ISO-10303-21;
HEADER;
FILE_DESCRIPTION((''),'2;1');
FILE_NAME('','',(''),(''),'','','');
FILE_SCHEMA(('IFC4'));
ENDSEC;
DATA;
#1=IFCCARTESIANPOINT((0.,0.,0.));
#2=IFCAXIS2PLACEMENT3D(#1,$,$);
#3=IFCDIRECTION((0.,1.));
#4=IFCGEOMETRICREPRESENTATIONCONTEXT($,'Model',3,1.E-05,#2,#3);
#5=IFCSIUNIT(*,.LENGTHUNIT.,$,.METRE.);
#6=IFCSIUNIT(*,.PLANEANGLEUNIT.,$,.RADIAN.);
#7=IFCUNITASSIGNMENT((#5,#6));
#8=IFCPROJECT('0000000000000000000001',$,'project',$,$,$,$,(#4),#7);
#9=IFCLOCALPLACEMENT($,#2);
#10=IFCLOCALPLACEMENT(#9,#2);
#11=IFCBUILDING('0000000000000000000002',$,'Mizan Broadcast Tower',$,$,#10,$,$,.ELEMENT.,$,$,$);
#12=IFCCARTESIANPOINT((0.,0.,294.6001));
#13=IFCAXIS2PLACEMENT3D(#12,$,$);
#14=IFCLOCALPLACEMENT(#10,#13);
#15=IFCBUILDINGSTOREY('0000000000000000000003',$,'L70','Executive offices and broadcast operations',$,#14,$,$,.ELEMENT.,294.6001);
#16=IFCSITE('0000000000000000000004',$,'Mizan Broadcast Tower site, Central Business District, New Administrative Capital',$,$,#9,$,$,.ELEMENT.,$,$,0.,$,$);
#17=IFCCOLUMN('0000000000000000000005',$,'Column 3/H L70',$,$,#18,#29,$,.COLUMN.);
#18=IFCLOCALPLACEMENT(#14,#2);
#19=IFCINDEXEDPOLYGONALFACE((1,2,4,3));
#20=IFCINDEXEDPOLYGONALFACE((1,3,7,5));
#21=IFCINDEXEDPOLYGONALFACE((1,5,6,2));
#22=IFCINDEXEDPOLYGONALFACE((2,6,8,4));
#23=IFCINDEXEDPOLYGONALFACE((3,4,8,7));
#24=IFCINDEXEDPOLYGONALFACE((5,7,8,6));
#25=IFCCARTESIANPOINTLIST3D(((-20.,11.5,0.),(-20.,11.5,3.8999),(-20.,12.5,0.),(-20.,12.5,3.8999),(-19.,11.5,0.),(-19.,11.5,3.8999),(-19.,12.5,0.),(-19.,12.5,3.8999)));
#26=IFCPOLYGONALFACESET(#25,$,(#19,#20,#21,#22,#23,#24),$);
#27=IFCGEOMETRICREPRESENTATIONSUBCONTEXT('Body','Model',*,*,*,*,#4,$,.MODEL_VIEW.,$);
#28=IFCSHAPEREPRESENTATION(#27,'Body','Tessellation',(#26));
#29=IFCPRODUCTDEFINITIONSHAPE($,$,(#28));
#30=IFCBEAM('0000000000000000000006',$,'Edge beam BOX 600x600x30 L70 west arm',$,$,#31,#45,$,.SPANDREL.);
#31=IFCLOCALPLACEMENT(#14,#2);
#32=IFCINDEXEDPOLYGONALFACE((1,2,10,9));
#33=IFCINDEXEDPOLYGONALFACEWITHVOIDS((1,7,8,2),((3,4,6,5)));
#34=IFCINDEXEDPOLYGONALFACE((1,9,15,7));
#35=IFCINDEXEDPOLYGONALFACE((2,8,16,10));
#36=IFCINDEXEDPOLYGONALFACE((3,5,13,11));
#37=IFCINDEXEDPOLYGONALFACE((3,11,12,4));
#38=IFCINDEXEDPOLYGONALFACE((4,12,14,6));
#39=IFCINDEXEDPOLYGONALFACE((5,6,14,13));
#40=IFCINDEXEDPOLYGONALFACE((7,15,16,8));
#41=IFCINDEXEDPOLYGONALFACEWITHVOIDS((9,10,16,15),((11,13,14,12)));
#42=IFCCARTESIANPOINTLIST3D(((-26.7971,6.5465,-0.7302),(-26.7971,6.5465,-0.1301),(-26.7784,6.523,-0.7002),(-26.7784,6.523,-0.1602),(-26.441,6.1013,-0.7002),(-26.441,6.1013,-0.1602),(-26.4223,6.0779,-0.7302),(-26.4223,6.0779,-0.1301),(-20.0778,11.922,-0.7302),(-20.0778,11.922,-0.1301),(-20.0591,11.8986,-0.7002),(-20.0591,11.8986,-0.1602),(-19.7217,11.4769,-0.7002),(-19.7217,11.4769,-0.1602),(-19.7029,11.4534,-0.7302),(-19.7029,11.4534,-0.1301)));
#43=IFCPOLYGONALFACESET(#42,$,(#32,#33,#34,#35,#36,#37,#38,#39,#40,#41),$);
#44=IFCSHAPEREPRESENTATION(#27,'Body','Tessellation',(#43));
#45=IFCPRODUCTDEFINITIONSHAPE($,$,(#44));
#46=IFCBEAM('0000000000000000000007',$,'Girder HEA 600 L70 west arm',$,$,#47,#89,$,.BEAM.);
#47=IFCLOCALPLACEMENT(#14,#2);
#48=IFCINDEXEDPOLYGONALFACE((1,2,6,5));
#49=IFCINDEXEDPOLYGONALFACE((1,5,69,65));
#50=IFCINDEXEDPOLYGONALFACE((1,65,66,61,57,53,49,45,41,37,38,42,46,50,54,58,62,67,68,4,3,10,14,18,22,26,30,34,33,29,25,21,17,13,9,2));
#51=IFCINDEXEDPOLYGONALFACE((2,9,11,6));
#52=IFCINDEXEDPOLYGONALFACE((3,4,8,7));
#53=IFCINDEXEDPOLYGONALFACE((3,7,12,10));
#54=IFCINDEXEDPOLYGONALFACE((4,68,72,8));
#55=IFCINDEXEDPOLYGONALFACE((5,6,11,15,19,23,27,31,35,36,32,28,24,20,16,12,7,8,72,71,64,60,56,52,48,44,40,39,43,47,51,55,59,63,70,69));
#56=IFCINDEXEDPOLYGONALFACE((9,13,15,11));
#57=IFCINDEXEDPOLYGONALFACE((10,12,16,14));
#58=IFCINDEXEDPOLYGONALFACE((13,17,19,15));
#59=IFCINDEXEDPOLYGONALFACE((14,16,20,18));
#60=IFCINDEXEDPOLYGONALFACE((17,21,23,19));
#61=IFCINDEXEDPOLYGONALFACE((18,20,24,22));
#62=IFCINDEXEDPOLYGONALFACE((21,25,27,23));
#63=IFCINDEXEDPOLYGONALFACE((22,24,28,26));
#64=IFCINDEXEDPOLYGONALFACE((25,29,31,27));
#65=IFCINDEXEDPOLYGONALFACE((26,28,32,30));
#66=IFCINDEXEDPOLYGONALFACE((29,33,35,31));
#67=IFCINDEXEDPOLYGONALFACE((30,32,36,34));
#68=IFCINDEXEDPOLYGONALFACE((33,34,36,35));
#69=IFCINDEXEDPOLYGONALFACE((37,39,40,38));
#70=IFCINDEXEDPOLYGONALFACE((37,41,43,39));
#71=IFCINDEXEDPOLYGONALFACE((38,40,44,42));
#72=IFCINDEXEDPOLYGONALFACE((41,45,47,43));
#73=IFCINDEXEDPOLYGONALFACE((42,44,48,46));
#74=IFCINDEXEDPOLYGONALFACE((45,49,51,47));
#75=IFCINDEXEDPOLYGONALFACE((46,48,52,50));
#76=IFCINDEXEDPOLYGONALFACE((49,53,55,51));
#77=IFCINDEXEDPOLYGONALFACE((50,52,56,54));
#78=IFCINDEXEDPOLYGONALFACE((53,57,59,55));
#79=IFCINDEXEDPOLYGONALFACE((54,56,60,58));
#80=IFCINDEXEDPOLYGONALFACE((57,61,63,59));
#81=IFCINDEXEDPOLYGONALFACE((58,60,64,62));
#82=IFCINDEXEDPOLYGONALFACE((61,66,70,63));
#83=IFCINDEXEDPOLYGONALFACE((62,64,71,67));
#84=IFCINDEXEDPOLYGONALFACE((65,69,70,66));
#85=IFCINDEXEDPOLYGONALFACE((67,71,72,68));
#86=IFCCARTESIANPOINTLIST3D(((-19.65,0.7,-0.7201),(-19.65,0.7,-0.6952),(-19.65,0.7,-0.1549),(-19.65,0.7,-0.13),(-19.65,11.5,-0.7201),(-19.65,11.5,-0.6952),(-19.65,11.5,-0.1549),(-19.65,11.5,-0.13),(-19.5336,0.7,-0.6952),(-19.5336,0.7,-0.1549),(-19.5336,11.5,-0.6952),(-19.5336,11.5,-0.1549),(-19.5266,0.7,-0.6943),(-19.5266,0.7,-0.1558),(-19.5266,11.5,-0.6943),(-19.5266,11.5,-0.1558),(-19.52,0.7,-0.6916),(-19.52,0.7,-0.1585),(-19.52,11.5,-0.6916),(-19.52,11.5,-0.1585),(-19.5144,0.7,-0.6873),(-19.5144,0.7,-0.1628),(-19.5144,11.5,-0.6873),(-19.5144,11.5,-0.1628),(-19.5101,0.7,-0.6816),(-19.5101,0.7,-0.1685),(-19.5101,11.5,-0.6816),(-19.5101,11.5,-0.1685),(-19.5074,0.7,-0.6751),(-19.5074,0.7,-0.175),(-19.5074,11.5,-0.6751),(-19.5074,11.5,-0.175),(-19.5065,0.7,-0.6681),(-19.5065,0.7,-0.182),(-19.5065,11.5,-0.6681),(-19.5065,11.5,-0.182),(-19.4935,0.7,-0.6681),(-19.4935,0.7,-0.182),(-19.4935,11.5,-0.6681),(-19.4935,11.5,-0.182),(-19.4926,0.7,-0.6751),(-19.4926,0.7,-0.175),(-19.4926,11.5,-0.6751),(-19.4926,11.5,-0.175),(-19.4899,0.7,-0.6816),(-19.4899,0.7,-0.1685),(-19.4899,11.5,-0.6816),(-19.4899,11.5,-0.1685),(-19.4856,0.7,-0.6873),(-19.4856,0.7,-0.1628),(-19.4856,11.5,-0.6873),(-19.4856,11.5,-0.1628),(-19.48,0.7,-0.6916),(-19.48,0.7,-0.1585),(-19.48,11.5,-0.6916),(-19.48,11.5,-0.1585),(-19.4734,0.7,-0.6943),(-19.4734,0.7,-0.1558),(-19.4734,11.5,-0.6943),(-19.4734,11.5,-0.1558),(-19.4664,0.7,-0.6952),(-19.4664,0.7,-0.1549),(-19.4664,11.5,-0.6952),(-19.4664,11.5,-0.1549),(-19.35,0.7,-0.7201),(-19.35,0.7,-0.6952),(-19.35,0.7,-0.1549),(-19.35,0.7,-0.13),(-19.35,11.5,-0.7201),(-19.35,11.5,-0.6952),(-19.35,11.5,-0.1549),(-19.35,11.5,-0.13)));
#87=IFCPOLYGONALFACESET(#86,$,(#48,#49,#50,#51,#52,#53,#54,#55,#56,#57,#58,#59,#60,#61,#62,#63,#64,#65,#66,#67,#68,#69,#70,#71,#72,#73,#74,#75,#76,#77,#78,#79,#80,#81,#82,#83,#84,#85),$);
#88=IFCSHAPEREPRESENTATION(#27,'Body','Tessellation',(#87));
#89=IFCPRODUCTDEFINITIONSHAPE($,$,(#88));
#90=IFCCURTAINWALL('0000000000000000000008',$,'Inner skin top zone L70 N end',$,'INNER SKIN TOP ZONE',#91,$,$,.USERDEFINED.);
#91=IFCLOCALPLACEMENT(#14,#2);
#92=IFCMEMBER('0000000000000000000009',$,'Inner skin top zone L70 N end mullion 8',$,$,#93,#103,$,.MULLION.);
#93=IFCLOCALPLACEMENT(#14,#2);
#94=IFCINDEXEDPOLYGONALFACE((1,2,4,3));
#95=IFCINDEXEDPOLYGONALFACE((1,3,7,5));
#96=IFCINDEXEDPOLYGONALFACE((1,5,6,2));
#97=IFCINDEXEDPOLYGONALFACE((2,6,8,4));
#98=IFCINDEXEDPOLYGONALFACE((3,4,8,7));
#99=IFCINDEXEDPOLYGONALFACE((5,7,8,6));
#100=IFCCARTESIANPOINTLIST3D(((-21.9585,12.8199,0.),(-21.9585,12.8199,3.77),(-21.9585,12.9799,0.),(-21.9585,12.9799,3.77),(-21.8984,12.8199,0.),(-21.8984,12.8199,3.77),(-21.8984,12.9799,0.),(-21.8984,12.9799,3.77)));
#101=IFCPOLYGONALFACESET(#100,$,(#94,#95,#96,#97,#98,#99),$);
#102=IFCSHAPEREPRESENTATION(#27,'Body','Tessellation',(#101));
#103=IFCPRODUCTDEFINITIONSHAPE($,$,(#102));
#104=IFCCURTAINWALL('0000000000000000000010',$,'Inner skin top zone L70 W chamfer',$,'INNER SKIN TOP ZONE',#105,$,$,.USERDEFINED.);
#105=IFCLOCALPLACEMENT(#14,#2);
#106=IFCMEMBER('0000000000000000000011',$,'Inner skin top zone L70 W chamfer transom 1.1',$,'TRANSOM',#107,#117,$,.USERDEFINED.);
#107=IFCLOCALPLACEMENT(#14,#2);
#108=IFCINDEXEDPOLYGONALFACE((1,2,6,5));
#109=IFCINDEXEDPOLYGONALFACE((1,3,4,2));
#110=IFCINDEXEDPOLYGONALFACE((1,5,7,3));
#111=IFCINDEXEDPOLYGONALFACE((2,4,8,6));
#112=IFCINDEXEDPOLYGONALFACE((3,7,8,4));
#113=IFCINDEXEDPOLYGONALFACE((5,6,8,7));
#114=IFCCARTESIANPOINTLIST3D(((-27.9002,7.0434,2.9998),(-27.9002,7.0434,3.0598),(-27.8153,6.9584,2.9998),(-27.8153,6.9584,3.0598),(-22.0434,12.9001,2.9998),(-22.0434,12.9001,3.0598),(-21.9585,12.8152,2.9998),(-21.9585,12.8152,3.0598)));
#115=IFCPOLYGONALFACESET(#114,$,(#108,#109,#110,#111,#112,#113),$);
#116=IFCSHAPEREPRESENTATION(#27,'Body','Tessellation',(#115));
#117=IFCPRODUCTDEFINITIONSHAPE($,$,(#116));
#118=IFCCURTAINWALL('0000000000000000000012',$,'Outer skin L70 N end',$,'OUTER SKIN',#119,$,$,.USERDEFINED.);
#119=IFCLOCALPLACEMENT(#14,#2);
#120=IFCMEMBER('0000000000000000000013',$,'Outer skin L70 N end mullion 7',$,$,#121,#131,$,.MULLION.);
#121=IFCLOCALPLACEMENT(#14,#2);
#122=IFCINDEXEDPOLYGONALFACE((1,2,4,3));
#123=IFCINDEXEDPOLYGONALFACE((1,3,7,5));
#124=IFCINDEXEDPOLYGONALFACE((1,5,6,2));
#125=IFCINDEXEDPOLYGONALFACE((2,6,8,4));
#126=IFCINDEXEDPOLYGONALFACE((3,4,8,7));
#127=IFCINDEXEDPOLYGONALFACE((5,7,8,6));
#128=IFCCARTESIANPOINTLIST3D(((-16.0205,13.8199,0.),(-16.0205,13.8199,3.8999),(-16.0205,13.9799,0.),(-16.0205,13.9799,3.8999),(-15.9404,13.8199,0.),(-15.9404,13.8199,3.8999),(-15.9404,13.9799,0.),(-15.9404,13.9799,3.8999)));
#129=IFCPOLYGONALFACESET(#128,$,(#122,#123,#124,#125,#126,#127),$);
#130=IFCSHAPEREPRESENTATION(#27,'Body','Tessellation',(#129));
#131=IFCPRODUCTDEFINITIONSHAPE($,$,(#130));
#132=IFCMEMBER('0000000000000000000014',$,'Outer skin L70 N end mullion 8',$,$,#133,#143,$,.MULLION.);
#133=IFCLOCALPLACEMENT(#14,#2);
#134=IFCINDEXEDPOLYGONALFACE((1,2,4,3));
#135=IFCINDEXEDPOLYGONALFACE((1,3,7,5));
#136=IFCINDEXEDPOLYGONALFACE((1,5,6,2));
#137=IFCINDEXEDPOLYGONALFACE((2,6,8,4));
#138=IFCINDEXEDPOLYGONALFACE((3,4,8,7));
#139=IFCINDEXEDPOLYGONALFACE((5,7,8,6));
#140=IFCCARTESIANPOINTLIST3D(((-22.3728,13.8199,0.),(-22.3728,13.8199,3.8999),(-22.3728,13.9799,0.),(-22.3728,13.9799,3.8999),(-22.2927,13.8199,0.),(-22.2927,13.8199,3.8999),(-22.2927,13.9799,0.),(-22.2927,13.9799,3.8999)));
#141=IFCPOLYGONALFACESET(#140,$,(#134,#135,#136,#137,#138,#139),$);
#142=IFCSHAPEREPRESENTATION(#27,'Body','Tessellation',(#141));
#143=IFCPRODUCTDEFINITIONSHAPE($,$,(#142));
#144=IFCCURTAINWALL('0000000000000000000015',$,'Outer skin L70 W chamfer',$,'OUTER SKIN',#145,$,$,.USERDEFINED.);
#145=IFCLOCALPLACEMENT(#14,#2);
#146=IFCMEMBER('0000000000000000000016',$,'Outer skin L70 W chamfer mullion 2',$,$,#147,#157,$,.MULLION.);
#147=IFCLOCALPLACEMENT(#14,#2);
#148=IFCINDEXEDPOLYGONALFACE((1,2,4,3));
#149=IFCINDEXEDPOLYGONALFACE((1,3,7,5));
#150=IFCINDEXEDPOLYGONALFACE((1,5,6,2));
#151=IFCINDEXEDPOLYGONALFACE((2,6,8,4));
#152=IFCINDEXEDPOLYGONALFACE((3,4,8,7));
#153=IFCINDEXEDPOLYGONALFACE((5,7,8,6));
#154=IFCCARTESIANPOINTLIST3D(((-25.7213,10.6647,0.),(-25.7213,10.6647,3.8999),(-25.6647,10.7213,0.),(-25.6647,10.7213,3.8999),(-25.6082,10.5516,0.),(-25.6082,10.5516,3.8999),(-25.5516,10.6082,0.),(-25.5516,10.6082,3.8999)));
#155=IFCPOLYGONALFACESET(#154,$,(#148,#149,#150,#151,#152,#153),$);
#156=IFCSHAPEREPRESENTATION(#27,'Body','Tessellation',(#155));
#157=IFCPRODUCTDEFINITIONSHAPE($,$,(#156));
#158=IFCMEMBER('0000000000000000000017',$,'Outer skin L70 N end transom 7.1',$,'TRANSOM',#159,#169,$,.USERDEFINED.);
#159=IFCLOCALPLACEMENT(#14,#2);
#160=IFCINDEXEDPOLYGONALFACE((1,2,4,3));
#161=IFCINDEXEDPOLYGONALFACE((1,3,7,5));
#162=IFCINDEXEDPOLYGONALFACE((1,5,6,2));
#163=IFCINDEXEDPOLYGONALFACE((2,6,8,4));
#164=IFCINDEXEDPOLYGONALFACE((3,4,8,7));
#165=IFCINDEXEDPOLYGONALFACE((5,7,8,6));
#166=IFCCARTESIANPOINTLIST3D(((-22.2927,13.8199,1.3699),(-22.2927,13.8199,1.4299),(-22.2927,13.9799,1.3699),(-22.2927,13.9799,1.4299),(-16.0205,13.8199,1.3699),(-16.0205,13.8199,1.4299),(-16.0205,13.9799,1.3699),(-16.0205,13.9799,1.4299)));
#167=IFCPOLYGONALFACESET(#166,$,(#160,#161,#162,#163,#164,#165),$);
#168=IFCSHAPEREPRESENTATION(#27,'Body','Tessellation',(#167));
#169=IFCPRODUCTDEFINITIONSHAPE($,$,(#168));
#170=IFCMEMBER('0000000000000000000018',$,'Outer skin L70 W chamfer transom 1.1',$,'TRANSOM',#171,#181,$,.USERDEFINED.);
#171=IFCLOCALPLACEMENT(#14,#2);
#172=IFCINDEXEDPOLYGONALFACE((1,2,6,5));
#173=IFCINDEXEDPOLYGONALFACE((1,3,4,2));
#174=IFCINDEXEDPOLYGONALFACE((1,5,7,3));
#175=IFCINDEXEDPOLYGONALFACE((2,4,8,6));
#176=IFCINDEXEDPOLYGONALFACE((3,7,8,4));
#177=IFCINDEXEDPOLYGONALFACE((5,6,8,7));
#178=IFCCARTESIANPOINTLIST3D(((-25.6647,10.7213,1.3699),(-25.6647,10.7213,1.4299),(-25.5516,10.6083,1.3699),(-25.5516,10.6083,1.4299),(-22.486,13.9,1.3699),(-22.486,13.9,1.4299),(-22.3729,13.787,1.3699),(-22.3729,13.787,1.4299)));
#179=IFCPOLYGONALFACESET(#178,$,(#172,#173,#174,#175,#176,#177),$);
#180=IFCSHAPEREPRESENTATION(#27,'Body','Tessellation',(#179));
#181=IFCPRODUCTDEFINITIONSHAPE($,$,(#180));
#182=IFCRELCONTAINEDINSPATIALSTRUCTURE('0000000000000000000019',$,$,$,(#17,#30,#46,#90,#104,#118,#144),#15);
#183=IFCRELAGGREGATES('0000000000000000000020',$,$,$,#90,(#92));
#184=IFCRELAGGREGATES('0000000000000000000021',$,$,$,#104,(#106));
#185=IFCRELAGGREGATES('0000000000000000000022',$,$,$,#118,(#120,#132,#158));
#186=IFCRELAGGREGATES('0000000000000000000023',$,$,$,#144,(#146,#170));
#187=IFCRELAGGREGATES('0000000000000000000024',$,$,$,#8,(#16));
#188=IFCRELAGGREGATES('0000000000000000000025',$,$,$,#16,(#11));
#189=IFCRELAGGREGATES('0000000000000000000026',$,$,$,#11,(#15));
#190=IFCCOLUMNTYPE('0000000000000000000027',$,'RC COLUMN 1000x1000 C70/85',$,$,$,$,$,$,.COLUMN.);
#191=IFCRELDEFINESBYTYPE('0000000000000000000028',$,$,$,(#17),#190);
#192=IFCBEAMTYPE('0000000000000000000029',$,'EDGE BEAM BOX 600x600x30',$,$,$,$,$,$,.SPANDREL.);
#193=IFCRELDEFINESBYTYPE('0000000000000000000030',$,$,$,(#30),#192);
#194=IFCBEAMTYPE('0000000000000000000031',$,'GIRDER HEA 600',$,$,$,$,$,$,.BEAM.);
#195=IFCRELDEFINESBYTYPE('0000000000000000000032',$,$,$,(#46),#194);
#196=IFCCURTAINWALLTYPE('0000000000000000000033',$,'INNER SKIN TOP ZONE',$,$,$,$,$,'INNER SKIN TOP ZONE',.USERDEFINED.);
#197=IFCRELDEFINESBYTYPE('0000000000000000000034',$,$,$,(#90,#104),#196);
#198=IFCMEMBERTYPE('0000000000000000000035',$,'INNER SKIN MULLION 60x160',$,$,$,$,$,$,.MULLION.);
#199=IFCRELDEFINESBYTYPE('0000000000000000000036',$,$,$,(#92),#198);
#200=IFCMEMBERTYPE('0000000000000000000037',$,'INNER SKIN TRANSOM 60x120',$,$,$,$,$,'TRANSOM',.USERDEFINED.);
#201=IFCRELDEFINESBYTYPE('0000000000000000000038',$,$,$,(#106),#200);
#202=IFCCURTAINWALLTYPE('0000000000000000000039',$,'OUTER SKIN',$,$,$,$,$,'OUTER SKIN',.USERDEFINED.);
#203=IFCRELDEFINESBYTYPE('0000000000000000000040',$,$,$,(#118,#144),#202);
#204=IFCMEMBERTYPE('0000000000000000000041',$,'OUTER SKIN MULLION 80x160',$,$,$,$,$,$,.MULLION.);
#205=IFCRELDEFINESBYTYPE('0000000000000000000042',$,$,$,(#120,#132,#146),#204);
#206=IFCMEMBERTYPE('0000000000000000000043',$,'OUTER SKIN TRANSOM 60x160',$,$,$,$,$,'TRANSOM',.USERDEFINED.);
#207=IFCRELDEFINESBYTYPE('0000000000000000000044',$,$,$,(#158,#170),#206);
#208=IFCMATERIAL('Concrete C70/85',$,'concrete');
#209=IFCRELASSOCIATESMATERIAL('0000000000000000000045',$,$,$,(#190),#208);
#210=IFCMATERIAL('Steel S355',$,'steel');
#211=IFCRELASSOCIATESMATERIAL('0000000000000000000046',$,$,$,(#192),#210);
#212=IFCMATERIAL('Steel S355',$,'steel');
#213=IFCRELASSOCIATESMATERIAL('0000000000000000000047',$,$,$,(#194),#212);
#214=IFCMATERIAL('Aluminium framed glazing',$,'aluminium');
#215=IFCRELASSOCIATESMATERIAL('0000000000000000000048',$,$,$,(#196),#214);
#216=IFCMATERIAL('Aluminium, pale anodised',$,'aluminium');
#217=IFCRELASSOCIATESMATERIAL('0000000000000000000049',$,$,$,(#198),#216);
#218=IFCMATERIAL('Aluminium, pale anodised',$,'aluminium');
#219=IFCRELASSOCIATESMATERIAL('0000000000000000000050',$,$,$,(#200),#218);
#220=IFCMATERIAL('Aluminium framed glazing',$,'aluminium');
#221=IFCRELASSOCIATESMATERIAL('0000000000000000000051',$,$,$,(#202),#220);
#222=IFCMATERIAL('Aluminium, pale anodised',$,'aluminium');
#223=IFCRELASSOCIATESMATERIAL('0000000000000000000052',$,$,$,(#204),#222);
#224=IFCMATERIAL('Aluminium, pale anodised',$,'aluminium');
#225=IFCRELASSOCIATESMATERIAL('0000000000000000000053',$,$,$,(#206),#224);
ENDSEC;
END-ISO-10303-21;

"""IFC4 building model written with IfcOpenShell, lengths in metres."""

from ifc_helpers import new_model, si_unit, direction, frame, origin, origin_2d, place, context, subcontext, project, spatial, rectangle, hollow_rectangle, i_section, extrude, material, material_profile, profile_set, type_object, element, aggregate, save


model = new_model("IFC4")

# Units and contexts
model_context = context("Model", 3, precision=1e-05, world=origin(), true_north=direction((0.0, 1.0)))
body_context = subcontext(model_context, "Body", "Model", "MODEL_VIEW")
ifc_project = project(units=[si_unit("LENGTHUNIT", "METRE"), si_unit("PLANEANGLEUNIT", "RADIAN")], contexts=[model_context])

# Site, building, storey
site_placement = place(None, origin())
site = spatial("IfcSite", under=ifc_project, at=site_placement, Name="Mizan Broadcast Tower site, Central Business District, New Administrative Capital", CompositionType="ELEMENT", RefElevation=0.0)
building_placement = place(site_placement, origin())
building = spatial("IfcBuilding", under=site, at=building_placement, Name="Mizan Broadcast Tower", CompositionType="ELEMENT")
storey_placement = place(building_placement, frame((0.0, 0.0, 294.6001)))
storey = spatial("IfcBuildingStorey", under=building, at=storey_placement, Name="L70", Description="Executive offices and broadcast operations", CompositionType="ELEMENT", Elevation=294.6001)

# Column
ifc_material_1 = material(Name="Concrete C70/85", Category="concrete")
ifc_material_profile_1 = material_profile(ifc_material_1, rectangle(XDim=1.0, YDim=1.0, at=origin_2d()), Name="RC 1000x1000")
ifc_profile_set_1 = profile_set([ifc_material_profile_1], Name="Concrete C70/85")
column_type = type_object("IfcColumnType", Name="RC COLUMN 1000x1000 C70/85", PredefinedType="COLUMN", material=ifc_profile_set_1)
column_placement = place(storey_placement, frame((-19.5, 12.0, 0.0), z_axis=(0.0, 0.0, 1.0), x_axis=(1.0, 0.0, 0.0)))
element("IfcColumn", 1, at=column_placement, inside=storey, type_object=column_type, Name="Column 3/H L70", PredefinedType="COLUMN", context=body_context, shape_type="SweptSolid", body=[
    extrude(rectangle(XDim=1.0, YDim=1.0, at=origin_2d()), origin(), (0.0, 0.0, 1.0), 3.8999),
])

# Beams
ifc_material_2 = material(Name="Steel S355", Category="steel")
ifc_material_profile_2 = material_profile(ifc_material_2, hollow_rectangle(XDim=0.6001, YDim=0.6001, WallThickness=0.03, at=origin_2d()), Name="BOX 600x600x30")
ifc_profile_set_2 = profile_set([ifc_material_profile_2], Name="Steel S355")
beam_type_1 = type_object("IfcBeamType", Name="EDGE BEAM BOX 600x600x30", PredefinedType="SPANDREL", material=ifc_profile_set_2)
beam_1_placement = place(storey_placement, frame((-19.8904, 11.6877, -0.4302), z_axis=(-0.780863, -0.624702, 0.0), x_axis=(0.624702, -0.780863, 0.0)))
element("IfcBeam", 2, at=beam_1_placement, inside=storey, type_object=beam_type_1, Name="Edge beam BOX 600x600x30 L70 west arm", PredefinedType="SPANDREL", context=body_context, shape_type="SweptSolid", body=[
    extrude(hollow_rectangle(XDim=0.6001, YDim=0.6001, WallThickness=0.03, at=origin_2d()), origin(), (0.0, 0.0, 1.0), 8.605),
])
ifc_material_3 = material(Name="Steel S355", Category="steel")
ifc_material_profile_3 = material_profile(ifc_material_3, i_section(OverallWidth=0.3, OverallDepth=0.5901, WebThickness=0.0129, FlangeThickness=0.0249, FilletRadius=0.0271, at=origin_2d()), Name="HEA 600")
ifc_profile_set_3 = profile_set([ifc_material_profile_3], Name="Steel S355")
beam_type_2 = type_object("IfcBeamType", Name="GIRDER HEA 600", PredefinedType="BEAM", material=ifc_profile_set_3)
beam_2_placement = place(storey_placement, frame((-19.5, 11.5, -0.425), z_axis=(0.0, -1.0, 0.0), x_axis=(1.0, 0.0, 0.0)))
element("IfcBeam", 3, at=beam_2_placement, inside=storey, type_object=beam_type_2, Name="Girder HEA 600 L70 west arm", PredefinedType="BEAM", context=body_context, shape_type="SweptSolid", body=[
    extrude(i_section(OverallWidth=0.3, OverallDepth=0.5901, WebThickness=0.0129, FlangeThickness=0.0249, FilletRadius=0.0271, at=origin_2d()), origin(), (0.0, 0.0, 1.0), 10.8),
])

# Curtain walls, members
ifc_material_4 = material(Name="Aluminium framed glazing", Category="aluminium")
curtain_wall_type_1 = type_object("IfcCurtainWallType", Name="INNER SKIN TOP ZONE", ElementType="INNER SKIN TOP ZONE", PredefinedType="USERDEFINED", material=ifc_material_4)
curtain_wall_1_placement = place(storey_placement, origin())
curtain_wall_1 = element("IfcCurtainWall", 4, at=curtain_wall_1_placement, inside=storey, type_object=curtain_wall_type_1, Name="Inner skin top zone L70 N end", ObjectType="INNER SKIN TOP ZONE", PredefinedType="USERDEFINED")
ifc_material_5 = material(Name="Aluminium, pale anodised", Category="aluminium")
ifc_material_profile_4 = material_profile(ifc_material_5, rectangle(XDim=0.1599, YDim=0.0601, at=origin_2d()), Name="MULLION 160x60")
ifc_profile_set_4 = profile_set([ifc_material_profile_4], Name="Aluminium, pale anodised")
member_type_1 = type_object("IfcMemberType", Name="INNER SKIN MULLION 60x160", PredefinedType="MULLION", material=ifc_profile_set_4)
member_1_placement = place(storey_placement, frame((-21.9285, 12.8999, 0.0), z_axis=(0.0, 0.0, 1.0), x_axis=(0.0, -1.0, 0.0)))
member_1 = element("IfcMember", 5, at=member_1_placement, type_object=member_type_1, Name="Inner skin top zone L70 N end mullion 8", PredefinedType="MULLION", context=body_context, shape_type="SweptSolid", body=[
    extrude(rectangle(XDim=0.1599, YDim=0.0601, at=origin_2d()), origin(), (0.0, 0.0, 1.0), 3.77),
])
curtain_wall_2_placement = place(storey_placement, origin())
curtain_wall_2 = element("IfcCurtainWall", 6, at=curtain_wall_2_placement, inside=storey, type_object=curtain_wall_type_1, Name="Inner skin top zone L70 W chamfer", ObjectType="INNER SKIN TOP ZONE", PredefinedType="USERDEFINED")
ifc_material_6 = material(Name="Aluminium, pale anodised", Category="aluminium")
ifc_material_profile_5 = material_profile(ifc_material_6, rectangle(XDim=0.1201, YDim=0.0601, at=origin_2d()), Name="TRANSOM 120x60")
ifc_profile_set_5 = profile_set([ifc_material_profile_5], Name="Aluminium, pale anodised")
member_type_2 = type_object("IfcMemberType", Name="INNER SKIN TRANSOM 60x120", ElementType="TRANSOM", PredefinedType="USERDEFINED", material=ifc_profile_set_5)
member_2_placement = place(storey_placement, frame((-22.001, 12.8577, 3.0298), z_axis=(-0.707107, -0.707107, 0.0), x_axis=(0.707107, -0.707107, 0.0)))
member_2 = element("IfcMember", 7, at=member_2_placement, type_object=member_type_2, Name="Inner skin top zone L70 W chamfer transom 1.1", ObjectType="TRANSOM", PredefinedType="USERDEFINED", context=body_context, shape_type="SweptSolid", body=[
    extrude(rectangle(XDim=0.1201, YDim=0.0601, at=origin_2d()), origin(), (0.0, 0.0, 1.0), 8.2827),
])

# Curtain wall, members
ifc_material_7 = material(Name="Aluminium framed glazing", Category="aluminium")
curtain_wall_type_2 = type_object("IfcCurtainWallType", Name="OUTER SKIN", ElementType="OUTER SKIN", PredefinedType="USERDEFINED", material=ifc_material_7)
curtain_wall_3_placement = place(storey_placement, origin())
curtain_wall_3 = element("IfcCurtainWall", 8, at=curtain_wall_3_placement, inside=storey, type_object=curtain_wall_type_2, Name="Outer skin L70 N end", ObjectType="OUTER SKIN", PredefinedType="USERDEFINED")
ifc_material_8 = material(Name="Aluminium, pale anodised", Category="aluminium")
ifc_material_profile_6 = material_profile(ifc_material_8, rectangle(XDim=0.1599, YDim=0.0801, at=origin_2d()), Name="MULLION 160x80")
ifc_profile_set_6 = profile_set([ifc_material_profile_6], Name="Aluminium, pale anodised")
member_type_3 = type_object("IfcMemberType", Name="OUTER SKIN MULLION 80x160", PredefinedType="MULLION", material=ifc_profile_set_6)
member_3_placement = place(storey_placement, frame((-15.9805, 13.8999, 0.0), z_axis=(0.0, 0.0, 1.0), x_axis=(0.0, -1.0, 0.0)))
member_3 = element("IfcMember", 9, at=member_3_placement, type_object=member_type_3, Name="Outer skin L70 N end mullion 7", PredefinedType="MULLION", context=body_context, shape_type="SweptSolid", body=[
    extrude(rectangle(XDim=0.1599, YDim=0.0801, at=origin_2d()), origin(), (0.0, 0.0, 1.0), 3.8999),
])
member_4_placement = place(storey_placement, frame((-22.3328, 13.8999, 0.0), z_axis=(0.0, 0.0, 1.0), x_axis=(0.0, -1.0, 0.0)))
member_4 = element("IfcMember", 10, at=member_4_placement, type_object=member_type_3, Name="Outer skin L70 N end mullion 8", PredefinedType="MULLION", context=body_context, shape_type="SweptSolid", body=[
    extrude(rectangle(XDim=0.1599, YDim=0.0801, at=origin_2d()), origin(), (0.0, 0.0, 1.0), 3.8999),
])

# Curtain wall, member
curtain_wall_4_placement = place(storey_placement, origin())
curtain_wall_4 = element("IfcCurtainWall", 11, at=curtain_wall_4_placement, inside=storey, type_object=curtain_wall_type_2, Name="Outer skin L70 W chamfer", ObjectType="OUTER SKIN", PredefinedType="USERDEFINED")
member_5_placement = place(storey_placement, frame((-25.6365, 10.6365, 0.0), z_axis=(0.0, 0.0, 1.0), x_axis=(0.707107, -0.707107, 0.0)))
member_5 = element("IfcMember", 12, at=member_5_placement, type_object=member_type_3, Name="Outer skin L70 W chamfer mullion 2", PredefinedType="MULLION", context=body_context, shape_type="SweptSolid", body=[
    extrude(rectangle(XDim=0.1599, YDim=0.0801, at=origin_2d()), origin(), (0.0, 0.0, 1.0), 3.8999),
])

# Members
ifc_material_9 = material(Name="Aluminium, pale anodised", Category="aluminium")
ifc_material_profile_7 = material_profile(ifc_material_9, rectangle(XDim=0.1599, YDim=0.0601, at=origin_2d()), Name="TRANSOM 160x60")
ifc_profile_set_7 = profile_set([ifc_material_profile_7], Name="Aluminium, pale anodised")
member_type_4 = type_object("IfcMemberType", Name="OUTER SKIN TRANSOM 60x160", ElementType="TRANSOM", PredefinedType="USERDEFINED", material=ifc_profile_set_7)
member_6_placement = place(storey_placement, frame((-16.0205, 13.8999, 1.3999), z_axis=(-1.0, 0.0, 0.0), x_axis=(0.0, -1.0, 0.0)))
member_6 = element("IfcMember", 13, at=member_6_placement, type_object=member_type_4, Name="Outer skin L70 N end transom 7.1", ObjectType="TRANSOM", PredefinedType="USERDEFINED", context=body_context, shape_type="SweptSolid", body=[
    extrude(rectangle(XDim=0.1599, YDim=0.0601, at=origin_2d()), origin(), (0.0, 0.0, 1.0), 6.2722),
])
member_7_placement = place(storey_placement, frame((-22.4294, 13.8435, 1.3999), z_axis=(-0.707107, -0.707107, 0.0), x_axis=(0.707107, -0.707107, 0.0)))
member_7 = element("IfcMember", 14, at=member_7_placement, type_object=member_type_4, Name="Outer skin L70 W chamfer transom 1.1", ObjectType="TRANSOM", PredefinedType="USERDEFINED", context=body_context, shape_type="SweptSolid", body=[
    extrude(rectangle(XDim=0.1599, YDim=0.0601, at=origin_2d()), origin(), (0.0, 0.0, 1.0), 4.4954),
])

aggregate(curtain_wall_1, [member_1])
aggregate(curtain_wall_2, [member_2])
aggregate(curtain_wall_3, [member_3, member_4, member_6])
aggregate(curtain_wall_4, [member_5, member_7])

save(model, "model.ifc")
